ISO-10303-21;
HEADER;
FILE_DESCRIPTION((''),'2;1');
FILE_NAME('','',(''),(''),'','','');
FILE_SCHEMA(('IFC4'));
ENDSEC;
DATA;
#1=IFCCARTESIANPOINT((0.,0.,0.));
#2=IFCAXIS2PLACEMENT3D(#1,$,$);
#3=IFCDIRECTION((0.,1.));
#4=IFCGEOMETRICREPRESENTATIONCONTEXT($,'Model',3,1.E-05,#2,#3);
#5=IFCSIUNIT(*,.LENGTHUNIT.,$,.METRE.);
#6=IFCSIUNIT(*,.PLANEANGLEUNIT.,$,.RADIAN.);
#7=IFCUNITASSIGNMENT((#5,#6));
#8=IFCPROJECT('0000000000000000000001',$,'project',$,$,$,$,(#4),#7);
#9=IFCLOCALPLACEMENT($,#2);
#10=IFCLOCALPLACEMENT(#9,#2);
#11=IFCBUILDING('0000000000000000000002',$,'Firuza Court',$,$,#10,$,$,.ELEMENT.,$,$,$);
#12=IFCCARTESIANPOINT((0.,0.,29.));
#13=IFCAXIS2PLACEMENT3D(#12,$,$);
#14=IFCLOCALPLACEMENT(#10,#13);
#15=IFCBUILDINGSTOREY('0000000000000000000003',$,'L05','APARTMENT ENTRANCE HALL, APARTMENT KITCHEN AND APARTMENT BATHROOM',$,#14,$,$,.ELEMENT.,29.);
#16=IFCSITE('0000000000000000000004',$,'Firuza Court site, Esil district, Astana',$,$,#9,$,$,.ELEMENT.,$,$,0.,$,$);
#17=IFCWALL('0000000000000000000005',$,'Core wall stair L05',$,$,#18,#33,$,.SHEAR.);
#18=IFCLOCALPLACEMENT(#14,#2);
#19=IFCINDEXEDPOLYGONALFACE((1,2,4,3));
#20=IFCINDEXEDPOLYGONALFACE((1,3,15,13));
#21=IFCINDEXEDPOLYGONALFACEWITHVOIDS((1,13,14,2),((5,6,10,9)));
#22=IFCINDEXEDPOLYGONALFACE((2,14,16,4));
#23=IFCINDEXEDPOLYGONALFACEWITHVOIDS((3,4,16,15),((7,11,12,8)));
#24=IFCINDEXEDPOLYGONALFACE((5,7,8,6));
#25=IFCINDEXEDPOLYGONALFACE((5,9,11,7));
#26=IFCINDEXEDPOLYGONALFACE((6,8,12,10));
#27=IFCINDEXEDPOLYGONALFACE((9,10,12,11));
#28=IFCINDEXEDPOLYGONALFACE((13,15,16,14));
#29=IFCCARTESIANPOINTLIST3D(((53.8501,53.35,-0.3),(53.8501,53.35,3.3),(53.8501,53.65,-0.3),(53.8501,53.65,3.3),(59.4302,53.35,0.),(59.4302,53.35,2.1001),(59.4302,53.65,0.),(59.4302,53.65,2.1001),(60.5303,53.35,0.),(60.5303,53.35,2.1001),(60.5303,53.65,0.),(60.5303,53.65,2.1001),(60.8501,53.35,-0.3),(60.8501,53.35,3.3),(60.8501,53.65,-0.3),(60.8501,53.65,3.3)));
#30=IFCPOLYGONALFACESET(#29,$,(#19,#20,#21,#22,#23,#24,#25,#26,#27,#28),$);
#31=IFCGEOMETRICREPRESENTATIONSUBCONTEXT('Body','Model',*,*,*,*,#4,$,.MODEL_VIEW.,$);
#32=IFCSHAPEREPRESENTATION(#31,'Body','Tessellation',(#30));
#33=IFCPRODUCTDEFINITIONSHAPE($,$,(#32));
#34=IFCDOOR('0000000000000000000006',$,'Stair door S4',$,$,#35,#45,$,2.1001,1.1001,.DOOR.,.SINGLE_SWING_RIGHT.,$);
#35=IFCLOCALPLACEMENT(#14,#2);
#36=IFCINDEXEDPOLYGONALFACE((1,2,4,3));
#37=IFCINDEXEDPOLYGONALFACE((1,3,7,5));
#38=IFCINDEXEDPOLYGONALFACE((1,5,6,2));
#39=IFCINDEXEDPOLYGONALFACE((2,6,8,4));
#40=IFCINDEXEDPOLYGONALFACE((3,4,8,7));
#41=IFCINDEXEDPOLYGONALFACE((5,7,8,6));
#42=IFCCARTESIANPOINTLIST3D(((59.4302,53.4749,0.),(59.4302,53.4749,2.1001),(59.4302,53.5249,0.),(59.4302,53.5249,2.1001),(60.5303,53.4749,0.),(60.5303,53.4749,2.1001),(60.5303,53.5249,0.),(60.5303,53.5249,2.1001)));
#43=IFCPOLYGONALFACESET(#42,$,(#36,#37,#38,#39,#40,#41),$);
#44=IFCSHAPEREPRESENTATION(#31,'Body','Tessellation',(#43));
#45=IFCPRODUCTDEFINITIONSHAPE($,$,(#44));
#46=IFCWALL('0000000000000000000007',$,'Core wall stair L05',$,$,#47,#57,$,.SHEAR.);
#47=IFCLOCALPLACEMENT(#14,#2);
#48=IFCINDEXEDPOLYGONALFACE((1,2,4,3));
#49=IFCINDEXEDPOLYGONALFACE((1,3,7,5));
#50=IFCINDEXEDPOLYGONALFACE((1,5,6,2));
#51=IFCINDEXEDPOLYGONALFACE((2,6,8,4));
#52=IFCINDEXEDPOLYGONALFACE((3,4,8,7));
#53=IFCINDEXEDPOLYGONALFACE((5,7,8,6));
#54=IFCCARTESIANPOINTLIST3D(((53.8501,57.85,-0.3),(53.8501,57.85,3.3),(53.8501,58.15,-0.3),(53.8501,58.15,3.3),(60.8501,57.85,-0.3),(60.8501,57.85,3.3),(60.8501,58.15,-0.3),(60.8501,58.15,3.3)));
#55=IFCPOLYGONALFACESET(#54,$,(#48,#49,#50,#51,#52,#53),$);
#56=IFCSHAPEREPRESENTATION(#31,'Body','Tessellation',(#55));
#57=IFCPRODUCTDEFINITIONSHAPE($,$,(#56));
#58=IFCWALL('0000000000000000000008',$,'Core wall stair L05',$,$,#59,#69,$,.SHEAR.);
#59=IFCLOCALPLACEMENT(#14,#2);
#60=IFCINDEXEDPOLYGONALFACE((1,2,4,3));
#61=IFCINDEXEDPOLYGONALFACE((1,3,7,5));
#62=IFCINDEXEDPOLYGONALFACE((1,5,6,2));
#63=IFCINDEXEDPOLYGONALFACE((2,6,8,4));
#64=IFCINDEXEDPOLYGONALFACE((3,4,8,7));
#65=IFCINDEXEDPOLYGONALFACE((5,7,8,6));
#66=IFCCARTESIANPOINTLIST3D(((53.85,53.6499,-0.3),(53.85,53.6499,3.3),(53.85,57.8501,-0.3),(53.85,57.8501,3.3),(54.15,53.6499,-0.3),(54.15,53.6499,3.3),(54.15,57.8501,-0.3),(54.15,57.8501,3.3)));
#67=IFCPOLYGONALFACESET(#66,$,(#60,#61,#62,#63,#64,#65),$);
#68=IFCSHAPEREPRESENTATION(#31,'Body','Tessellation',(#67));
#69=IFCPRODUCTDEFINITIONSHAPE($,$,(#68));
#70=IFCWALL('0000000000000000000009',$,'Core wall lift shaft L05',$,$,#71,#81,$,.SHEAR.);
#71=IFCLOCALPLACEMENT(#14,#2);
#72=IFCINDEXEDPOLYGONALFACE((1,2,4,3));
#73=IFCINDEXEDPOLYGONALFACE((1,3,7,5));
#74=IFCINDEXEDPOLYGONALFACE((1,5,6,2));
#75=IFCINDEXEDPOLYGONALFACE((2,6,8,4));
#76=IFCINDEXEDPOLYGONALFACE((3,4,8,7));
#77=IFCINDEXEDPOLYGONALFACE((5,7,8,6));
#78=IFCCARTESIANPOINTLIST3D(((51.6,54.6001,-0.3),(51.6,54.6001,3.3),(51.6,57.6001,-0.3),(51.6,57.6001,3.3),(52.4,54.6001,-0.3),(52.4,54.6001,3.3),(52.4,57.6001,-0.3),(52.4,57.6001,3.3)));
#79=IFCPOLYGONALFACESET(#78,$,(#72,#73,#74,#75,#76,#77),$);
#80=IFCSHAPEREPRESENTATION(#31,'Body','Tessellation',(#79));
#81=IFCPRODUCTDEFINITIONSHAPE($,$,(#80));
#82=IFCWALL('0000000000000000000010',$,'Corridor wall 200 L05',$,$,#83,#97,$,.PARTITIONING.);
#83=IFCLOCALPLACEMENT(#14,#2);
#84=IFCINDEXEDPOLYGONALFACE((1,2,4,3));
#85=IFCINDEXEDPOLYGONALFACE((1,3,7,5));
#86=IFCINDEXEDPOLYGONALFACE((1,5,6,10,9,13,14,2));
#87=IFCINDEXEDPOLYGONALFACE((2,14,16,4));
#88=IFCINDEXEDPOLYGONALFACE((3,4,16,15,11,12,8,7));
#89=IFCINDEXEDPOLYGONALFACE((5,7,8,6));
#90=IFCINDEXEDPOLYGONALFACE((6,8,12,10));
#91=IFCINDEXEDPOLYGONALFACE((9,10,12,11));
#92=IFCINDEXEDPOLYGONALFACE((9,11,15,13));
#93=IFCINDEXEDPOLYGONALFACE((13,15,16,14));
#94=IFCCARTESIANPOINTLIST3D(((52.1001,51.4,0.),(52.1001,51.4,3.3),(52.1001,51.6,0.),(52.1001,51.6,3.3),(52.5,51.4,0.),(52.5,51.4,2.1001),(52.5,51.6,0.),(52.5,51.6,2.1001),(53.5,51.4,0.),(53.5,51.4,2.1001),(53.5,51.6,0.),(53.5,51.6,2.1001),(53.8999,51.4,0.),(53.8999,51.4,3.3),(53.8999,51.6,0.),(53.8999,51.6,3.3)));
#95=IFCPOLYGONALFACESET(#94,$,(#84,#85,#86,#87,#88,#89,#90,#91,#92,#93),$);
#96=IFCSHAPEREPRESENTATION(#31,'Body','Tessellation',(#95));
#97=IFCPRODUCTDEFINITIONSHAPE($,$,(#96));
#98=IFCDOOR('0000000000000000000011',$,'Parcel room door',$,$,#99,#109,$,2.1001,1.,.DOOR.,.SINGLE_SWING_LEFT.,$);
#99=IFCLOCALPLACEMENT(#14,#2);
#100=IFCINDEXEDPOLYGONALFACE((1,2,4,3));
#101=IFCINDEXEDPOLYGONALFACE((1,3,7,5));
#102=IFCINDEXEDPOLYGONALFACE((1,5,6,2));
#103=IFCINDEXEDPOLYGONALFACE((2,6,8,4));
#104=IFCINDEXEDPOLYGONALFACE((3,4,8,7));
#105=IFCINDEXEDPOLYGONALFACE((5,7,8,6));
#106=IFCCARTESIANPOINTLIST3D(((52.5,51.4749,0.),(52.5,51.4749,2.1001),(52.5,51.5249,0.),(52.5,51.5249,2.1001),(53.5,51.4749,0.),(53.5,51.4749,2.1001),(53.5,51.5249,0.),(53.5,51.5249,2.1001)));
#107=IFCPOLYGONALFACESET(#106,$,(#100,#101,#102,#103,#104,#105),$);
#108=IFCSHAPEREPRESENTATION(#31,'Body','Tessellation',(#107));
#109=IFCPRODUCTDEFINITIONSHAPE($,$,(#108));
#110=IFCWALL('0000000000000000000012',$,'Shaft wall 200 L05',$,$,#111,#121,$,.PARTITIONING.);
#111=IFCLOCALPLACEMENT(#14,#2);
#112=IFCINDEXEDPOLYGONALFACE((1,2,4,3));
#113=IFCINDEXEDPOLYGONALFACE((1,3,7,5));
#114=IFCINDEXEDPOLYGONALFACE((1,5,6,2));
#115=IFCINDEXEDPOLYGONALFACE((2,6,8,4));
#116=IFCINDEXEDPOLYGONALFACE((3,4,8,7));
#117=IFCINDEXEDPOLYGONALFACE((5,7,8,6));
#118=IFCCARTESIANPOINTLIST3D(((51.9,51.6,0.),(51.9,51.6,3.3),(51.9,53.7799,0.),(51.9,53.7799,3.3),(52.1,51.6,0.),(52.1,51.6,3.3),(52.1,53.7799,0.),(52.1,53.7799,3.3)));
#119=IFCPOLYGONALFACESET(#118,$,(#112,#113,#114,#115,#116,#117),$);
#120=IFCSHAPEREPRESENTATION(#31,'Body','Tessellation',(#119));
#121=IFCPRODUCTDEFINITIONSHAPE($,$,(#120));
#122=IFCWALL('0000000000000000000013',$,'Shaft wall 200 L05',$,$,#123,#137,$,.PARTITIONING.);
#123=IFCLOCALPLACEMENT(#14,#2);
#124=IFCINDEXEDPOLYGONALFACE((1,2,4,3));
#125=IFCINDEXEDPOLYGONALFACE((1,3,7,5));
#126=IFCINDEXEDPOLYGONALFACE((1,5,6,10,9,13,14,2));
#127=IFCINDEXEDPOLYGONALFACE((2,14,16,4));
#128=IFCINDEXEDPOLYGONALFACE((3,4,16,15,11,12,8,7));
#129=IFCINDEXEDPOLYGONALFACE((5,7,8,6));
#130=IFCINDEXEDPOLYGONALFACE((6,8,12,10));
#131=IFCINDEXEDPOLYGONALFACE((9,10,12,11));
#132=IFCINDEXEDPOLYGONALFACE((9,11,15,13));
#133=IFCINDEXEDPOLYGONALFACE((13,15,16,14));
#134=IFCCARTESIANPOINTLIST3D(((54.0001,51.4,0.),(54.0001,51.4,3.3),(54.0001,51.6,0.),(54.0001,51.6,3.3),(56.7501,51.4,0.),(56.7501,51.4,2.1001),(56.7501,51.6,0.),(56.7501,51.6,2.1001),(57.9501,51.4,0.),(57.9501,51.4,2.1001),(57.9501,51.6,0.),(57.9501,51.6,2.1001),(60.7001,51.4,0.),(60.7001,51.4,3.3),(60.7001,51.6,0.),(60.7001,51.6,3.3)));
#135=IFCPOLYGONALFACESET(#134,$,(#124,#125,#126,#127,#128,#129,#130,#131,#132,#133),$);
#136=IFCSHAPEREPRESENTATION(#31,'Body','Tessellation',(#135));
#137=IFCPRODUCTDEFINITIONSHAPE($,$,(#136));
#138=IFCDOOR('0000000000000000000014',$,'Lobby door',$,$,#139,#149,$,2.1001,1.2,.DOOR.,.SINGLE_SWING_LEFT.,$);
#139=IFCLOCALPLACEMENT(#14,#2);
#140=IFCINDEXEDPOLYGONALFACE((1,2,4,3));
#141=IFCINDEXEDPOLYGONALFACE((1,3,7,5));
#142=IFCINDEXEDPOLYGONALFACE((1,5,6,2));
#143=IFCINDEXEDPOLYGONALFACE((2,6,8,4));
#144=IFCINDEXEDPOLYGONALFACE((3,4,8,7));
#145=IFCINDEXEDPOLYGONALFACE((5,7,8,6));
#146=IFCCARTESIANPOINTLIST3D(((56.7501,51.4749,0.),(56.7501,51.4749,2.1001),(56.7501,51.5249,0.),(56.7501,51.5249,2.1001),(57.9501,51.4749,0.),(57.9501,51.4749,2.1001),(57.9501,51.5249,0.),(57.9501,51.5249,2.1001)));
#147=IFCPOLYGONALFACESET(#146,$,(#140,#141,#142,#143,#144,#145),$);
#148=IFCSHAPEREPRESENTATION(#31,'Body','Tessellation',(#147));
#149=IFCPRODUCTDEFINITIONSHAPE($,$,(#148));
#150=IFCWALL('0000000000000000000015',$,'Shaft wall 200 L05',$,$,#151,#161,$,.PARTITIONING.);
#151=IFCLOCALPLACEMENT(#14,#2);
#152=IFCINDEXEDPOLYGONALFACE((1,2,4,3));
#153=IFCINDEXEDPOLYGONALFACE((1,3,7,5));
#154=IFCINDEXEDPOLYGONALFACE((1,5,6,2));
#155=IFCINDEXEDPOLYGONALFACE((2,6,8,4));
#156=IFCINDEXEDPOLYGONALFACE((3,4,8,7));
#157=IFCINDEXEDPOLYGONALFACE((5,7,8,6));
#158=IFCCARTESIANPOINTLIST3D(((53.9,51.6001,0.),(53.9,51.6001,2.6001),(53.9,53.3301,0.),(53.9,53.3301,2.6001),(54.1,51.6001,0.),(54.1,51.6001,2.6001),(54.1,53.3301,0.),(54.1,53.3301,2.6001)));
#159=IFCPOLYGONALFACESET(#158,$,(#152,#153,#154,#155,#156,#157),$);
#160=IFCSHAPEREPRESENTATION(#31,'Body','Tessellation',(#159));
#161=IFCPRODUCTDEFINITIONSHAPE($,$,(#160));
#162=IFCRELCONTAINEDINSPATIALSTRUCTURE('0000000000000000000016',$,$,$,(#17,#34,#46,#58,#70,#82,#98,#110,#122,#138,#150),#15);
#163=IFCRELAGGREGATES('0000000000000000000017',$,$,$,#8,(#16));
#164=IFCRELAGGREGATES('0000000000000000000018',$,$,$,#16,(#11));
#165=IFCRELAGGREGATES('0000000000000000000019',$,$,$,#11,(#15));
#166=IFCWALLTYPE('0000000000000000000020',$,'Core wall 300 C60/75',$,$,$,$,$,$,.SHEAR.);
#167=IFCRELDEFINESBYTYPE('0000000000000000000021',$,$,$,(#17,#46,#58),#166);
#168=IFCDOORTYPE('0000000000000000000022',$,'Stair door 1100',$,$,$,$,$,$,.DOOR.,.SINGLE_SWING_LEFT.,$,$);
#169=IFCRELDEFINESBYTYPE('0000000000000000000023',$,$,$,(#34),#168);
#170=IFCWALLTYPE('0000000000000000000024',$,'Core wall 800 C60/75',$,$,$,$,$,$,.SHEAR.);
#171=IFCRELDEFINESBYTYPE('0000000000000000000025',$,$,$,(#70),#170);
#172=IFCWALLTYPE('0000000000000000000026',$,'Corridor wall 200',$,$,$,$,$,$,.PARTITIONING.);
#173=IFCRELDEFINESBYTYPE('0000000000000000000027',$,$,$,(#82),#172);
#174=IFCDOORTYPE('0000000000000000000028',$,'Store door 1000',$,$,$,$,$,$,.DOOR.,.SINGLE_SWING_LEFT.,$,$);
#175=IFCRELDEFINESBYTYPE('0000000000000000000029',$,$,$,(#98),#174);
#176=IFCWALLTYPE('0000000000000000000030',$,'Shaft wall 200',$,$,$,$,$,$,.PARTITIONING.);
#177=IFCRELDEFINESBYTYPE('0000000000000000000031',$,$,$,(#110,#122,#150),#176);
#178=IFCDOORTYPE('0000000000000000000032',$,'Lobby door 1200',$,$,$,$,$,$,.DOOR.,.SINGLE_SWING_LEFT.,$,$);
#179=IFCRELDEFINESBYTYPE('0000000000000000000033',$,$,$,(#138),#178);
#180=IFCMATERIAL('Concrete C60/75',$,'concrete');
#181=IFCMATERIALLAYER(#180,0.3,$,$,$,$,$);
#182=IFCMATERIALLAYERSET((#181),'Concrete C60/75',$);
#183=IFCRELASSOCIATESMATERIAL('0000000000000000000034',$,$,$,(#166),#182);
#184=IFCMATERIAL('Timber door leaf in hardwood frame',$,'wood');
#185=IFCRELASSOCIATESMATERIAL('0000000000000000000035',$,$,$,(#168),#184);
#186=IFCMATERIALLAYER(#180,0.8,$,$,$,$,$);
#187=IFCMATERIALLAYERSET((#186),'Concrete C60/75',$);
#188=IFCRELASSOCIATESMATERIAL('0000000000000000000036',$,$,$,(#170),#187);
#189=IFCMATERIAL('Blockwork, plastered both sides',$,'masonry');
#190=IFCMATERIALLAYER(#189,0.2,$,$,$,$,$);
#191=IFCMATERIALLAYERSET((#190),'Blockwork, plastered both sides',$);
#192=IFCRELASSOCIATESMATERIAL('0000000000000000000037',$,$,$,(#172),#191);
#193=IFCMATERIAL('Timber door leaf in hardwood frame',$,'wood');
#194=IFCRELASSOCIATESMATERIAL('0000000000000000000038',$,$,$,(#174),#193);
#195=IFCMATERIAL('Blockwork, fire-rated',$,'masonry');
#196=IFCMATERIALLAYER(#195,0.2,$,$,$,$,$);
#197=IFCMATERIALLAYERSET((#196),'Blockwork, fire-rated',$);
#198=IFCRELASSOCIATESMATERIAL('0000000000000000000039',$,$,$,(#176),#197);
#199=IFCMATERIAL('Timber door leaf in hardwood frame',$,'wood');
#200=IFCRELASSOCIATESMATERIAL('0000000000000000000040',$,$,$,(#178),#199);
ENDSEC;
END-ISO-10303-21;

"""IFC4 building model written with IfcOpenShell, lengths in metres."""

from ifc_helpers import new_model, si_unit, direction, frame, frame_2d, origin, place, context, subcontext, project, spatial, rectangle, extrude, material, layer, layer_set, type_object, element, fill, save


model = new_model("IFC4")

# Units and contexts
model_context = context("Model", 3, precision=1e-05, world=origin(), true_north=direction((0.0, 1.0)))
body_context = subcontext(model_context, "Body", "Model", "MODEL_VIEW")
ifc_project = project(units=[si_unit("LENGTHUNIT", "METRE"), si_unit("PLANEANGLEUNIT", "RADIAN")], contexts=[model_context])

# Site, building, storey
site_placement = place(None, origin())
site = spatial("IfcSite", under=ifc_project, at=site_placement, Name="Firuza Court site, Esil district, Astana", CompositionType="ELEMENT", RefElevation=0.0)
building_placement = place(site_placement, origin())
building = spatial("IfcBuilding", under=site, at=building_placement, Name="Firuza Court", CompositionType="ELEMENT")
storey_placement = place(building_placement, frame((0.0, 0.0, 29.0)))
storey = spatial("IfcBuildingStorey", under=building, at=storey_placement, Name="L05", Description="APARTMENT ENTRANCE HALL, APARTMENT KITCHEN AND APARTMENT BATHROOM", CompositionType="ELEMENT", Elevation=29.0)

# Shared definitions
ifc_material_1 = material(Name="Concrete C60/75", Category="concrete")
ifc_layer_1 = layer(ifc_material_1, 0.3)
ifc_layer_set_1 = layer_set([ifc_layer_1], Name="Concrete C60/75")
wall_type_1 = type_object("IfcWallType", Name="Core wall 300 C60/75", PredefinedType="SHEAR", material=ifc_layer_set_1)

# Wall, opening, door
wall_1_placement = place(storey_placement, frame((53.8501, 53.5, -0.3), z_axis=(0.0, 0.0, 1.0), x_axis=(1.0, 0.0, 0.0)))
wall_1 = element("IfcWall", 1, at=wall_1_placement, inside=storey, type_object=wall_type_1, Name="Core wall stair L05", PredefinedType="SHEAR", context=body_context, shape_type="SweptSolid", body=[
    extrude(rectangle(XDim=7.0, YDim=0.3, at=frame_2d((3.5, 0.0))), origin(), (0.0, 0.0, 1.0), 3.6001),
])
opening_1_placement = place(wall_1_placement, frame((5.5801, 0.0, 0.3)))
opening_1 = element("IfcOpeningElement", 2, at=opening_1_placement, cuts=wall_1, PredefinedType="OPENING", context=body_context, shape_type="SweptSolid", body=[
    extrude(rectangle(XDim=1.1001, YDim=2.1001, at=frame_2d((0.55, 1.05))), frame((0.0, 0.1621, 0.0), z_axis=(0.0, -1.0, 0.0), x_axis=(1.0, 0.0, 0.0)), (0.0, 0.0, 1.0), 0.324),
])
ifc_material_2 = material(Name="Timber door leaf in hardwood frame", Category="wood")
door_type_1 = type_object("IfcDoorType", Name="Stair door 1100", OperationType="SINGLE_SWING_LEFT", PredefinedType="DOOR", material=ifc_material_2)
door_1_placement = place(opening_1_placement, origin())
door_1 = element("IfcDoor", 3, at=door_1_placement, inside=storey, type_object=door_type_1, Name="Stair door S4", OperationType="SINGLE_SWING_RIGHT", OverallHeight=2.1001, OverallWidth=1.1001, PredefinedType="DOOR", context=body_context, shape_type="SweptSolid", body=[
    extrude(rectangle(XDim=1.1001, YDim=2.1001, at=frame_2d((0.55, 1.05))), frame((0.0, 0.0249, 0.0), z_axis=(0.0, -1.0, 0.0), x_axis=(1.0, 0.0, 0.0)), (0.0, 0.0, 1.0), 0.05),
])
fill(opening_1, door_1)

# Walls
wall_2_placement = place(storey_placement, frame((53.8501, 58.0, -0.3), z_axis=(0.0, 0.0, 1.0), x_axis=(1.0, 0.0, 0.0)))
element("IfcWall", 4, at=wall_2_placement, inside=storey, type_object=wall_type_1, Name="Core wall stair L05", PredefinedType="SHEAR", context=body_context, shape_type="SweptSolid", body=[
    extrude(rectangle(XDim=7.0, YDim=0.3, at=frame_2d((3.5, 0.0))), origin(), (0.0, 0.0, 1.0), 3.6001),
])
wall_3_placement = place(storey_placement, frame((54.0, 53.6499, -0.3), z_axis=(0.0, 0.0, 1.0), x_axis=(0.0, 1.0, 0.0)))
element("IfcWall", 5, at=wall_3_placement, inside=storey, type_object=wall_type_1, Name="Core wall stair L05", PredefinedType="SHEAR", context=body_context, shape_type="SweptSolid", body=[
    extrude(rectangle(XDim=4.2002, YDim=0.3, at=frame_2d((2.1001, 0.0))), origin(), (0.0, 0.0, 1.0), 3.6001),
])
ifc_layer_2 = layer(ifc_material_1, 0.8)
ifc_layer_set_2 = layer_set([ifc_layer_2], Name="Concrete C60/75")
wall_type_2 = type_object("IfcWallType", Name="Core wall 800 C60/75", PredefinedType="SHEAR", material=ifc_layer_set_2)
wall_4_placement = place(storey_placement, frame((52.0, 54.6001, -0.3), z_axis=(0.0, 0.0, 1.0), x_axis=(0.0, 1.0, 0.0)))
element("IfcWall", 6, at=wall_4_placement, inside=storey, type_object=wall_type_2, Name="Core wall lift shaft L05", PredefinedType="SHEAR", context=body_context, shape_type="SweptSolid", body=[
    extrude(rectangle(XDim=3.0, YDim=0.8, at=frame_2d((1.5, 0.0))), origin(), (0.0, 0.0, 1.0), 3.6001),
])

# Wall, opening, door
ifc_material_3 = material(Name="Blockwork, plastered both sides", Category="masonry")
ifc_layer_3 = layer(ifc_material_3, 0.2)
ifc_layer_set_3 = layer_set([ifc_layer_3], Name="Blockwork, plastered both sides")
wall_type_3 = type_object("IfcWallType", Name="Corridor wall 200", PredefinedType="PARTITIONING", material=ifc_layer_set_3)
wall_5_placement = place(storey_placement, frame((52.1001, 51.5, 0.0), z_axis=(0.0, 0.0, 1.0), x_axis=(1.0, 0.0, 0.0)))
wall_5 = element("IfcWall", 7, at=wall_5_placement, inside=storey, type_object=wall_type_3, Name="Corridor wall 200 L05", PredefinedType="PARTITIONING", context=body_context, shape_type="SweptSolid", body=[
    extrude(rectangle(XDim=1.7998, YDim=0.2, at=frame_2d((0.8999, 0.0))), origin(), (0.0, 0.0, 1.0), 3.3),
])
opening_2_placement = place(wall_5_placement, frame((0.3999, 0.0, 0.0)))
opening_2 = element("IfcOpeningElement", 8, at=opening_2_placement, cuts=wall_5, PredefinedType="OPENING", context=body_context, shape_type="SweptSolid", body=[
    extrude(rectangle(XDim=1.0, YDim=2.1001, at=frame_2d((0.5, 1.05))), frame((0.0, 0.1118, 0.0), z_axis=(0.0, -1.0, 0.0), x_axis=(1.0, 0.0, 0.0)), (0.0, 0.0, 1.0), 0.2239),
])
ifc_material_4 = material(Name="Timber door leaf in hardwood frame", Category="wood")
door_type_2 = type_object("IfcDoorType", Name="Store door 1000", OperationType="SINGLE_SWING_LEFT", PredefinedType="DOOR", material=ifc_material_4)
door_2_placement = place(opening_2_placement, origin())
door_2 = element("IfcDoor", 9, at=door_2_placement, inside=storey, type_object=door_type_2, Name="Parcel room door", OperationType="SINGLE_SWING_LEFT", OverallHeight=2.1001, OverallWidth=1.0, PredefinedType="DOOR", context=body_context, shape_type="SweptSolid", body=[
    extrude(rectangle(XDim=1.0, YDim=2.1001, at=frame_2d((0.5, 1.05))), frame((0.0, 0.0249, 0.0), z_axis=(0.0, -1.0, 0.0), x_axis=(1.0, 0.0, 0.0)), (0.0, 0.0, 1.0), 0.05),
])
fill(opening_2, door_2)

# Wall
ifc_material_5 = material(Name="Blockwork, fire-rated", Category="masonry")
ifc_layer_4 = layer(ifc_material_5, 0.2)
ifc_layer_set_4 = layer_set([ifc_layer_4], Name="Blockwork, fire-rated")
wall_type_4 = type_object("IfcWallType", Name="Shaft wall 200", PredefinedType="PARTITIONING", material=ifc_layer_set_4)
wall_6_placement = place(storey_placement, frame((52.0, 51.6001, 0.0), z_axis=(0.0, 0.0, 1.0), x_axis=(0.0, 1.0, 0.0)))
element("IfcWall", 10, at=wall_6_placement, inside=storey, type_object=wall_type_4, Name="Shaft wall 200 L05", PredefinedType="PARTITIONING", context=body_context, shape_type="SweptSolid", body=[
    extrude(rectangle(XDim=2.1799, YDim=0.2, at=frame_2d((1.0898, 0.0))), origin(), (0.0, 0.0, 1.0), 3.3),
])

# Wall, opening, door
wall_7_placement = place(storey_placement, frame((54.0, 51.5, 0.0), z_axis=(0.0, 0.0, 1.0), x_axis=(1.0, 0.0, 0.0)))
wall_7 = element("IfcWall", 11, at=wall_7_placement, inside=storey, type_object=wall_type_4, Name="Shaft wall 200 L05", PredefinedType="PARTITIONING", context=body_context, shape_type="SweptSolid", body=[
    extrude(rectangle(XDim=6.7, YDim=0.2, at=frame_2d((3.3501, 0.0))), origin(), (0.0, 0.0, 1.0), 3.3),
])
opening_3_placement = place(wall_7_placement, frame((2.75, 0.0, 0.0)))
opening_3 = element("IfcOpeningElement", 12, at=opening_3_placement, cuts=wall_7, PredefinedType="OPENING", context=body_context, shape_type="SweptSolid", body=[
    extrude(rectangle(XDim=1.2, YDim=2.1001, at=frame_2d((0.6001, 1.05))), frame((0.0, 0.1118, 0.0), z_axis=(0.0, -1.0, 0.0), x_axis=(1.0, 0.0, 0.0)), (0.0, 0.0, 1.0), 0.2239),
])
ifc_material_6 = material(Name="Timber door leaf in hardwood frame", Category="wood")
door_type_3 = type_object("IfcDoorType", Name="Lobby door 1200", OperationType="SINGLE_SWING_LEFT", PredefinedType="DOOR", material=ifc_material_6)
door_3_placement = place(opening_3_placement, origin())
door_3 = element("IfcDoor", 13, at=door_3_placement, inside=storey, type_object=door_type_3, Name="Lobby door", OperationType="SINGLE_SWING_LEFT", OverallHeight=2.1001, OverallWidth=1.2, PredefinedType="DOOR", context=body_context, shape_type="SweptSolid", body=[
    extrude(rectangle(XDim=1.2, YDim=2.1001, at=frame_2d((0.6001, 1.05))), frame((0.0, 0.0249, 0.0), z_axis=(0.0, -1.0, 0.0), x_axis=(1.0, 0.0, 0.0)), (0.0, 0.0, 1.0), 0.05),
])
fill(opening_3, door_3)

# Wall
wall_8_placement = place(storey_placement, frame((54.0, 51.6001, 0.0), z_axis=(0.0, 0.0, 1.0), x_axis=(0.0, 1.0, 0.0)))
element("IfcWall", 14, at=wall_8_placement, inside=storey, type_object=wall_type_4, Name="Shaft wall 200 L05", PredefinedType="PARTITIONING", context=body_context, shape_type="SweptSolid", body=[
    extrude(rectangle(XDim=1.73, YDim=0.2, at=frame_2d((0.865, 0.0))), origin(), (0.0, 0.0, 1.0), 2.6001),
])

save(model, "model.ifc")
